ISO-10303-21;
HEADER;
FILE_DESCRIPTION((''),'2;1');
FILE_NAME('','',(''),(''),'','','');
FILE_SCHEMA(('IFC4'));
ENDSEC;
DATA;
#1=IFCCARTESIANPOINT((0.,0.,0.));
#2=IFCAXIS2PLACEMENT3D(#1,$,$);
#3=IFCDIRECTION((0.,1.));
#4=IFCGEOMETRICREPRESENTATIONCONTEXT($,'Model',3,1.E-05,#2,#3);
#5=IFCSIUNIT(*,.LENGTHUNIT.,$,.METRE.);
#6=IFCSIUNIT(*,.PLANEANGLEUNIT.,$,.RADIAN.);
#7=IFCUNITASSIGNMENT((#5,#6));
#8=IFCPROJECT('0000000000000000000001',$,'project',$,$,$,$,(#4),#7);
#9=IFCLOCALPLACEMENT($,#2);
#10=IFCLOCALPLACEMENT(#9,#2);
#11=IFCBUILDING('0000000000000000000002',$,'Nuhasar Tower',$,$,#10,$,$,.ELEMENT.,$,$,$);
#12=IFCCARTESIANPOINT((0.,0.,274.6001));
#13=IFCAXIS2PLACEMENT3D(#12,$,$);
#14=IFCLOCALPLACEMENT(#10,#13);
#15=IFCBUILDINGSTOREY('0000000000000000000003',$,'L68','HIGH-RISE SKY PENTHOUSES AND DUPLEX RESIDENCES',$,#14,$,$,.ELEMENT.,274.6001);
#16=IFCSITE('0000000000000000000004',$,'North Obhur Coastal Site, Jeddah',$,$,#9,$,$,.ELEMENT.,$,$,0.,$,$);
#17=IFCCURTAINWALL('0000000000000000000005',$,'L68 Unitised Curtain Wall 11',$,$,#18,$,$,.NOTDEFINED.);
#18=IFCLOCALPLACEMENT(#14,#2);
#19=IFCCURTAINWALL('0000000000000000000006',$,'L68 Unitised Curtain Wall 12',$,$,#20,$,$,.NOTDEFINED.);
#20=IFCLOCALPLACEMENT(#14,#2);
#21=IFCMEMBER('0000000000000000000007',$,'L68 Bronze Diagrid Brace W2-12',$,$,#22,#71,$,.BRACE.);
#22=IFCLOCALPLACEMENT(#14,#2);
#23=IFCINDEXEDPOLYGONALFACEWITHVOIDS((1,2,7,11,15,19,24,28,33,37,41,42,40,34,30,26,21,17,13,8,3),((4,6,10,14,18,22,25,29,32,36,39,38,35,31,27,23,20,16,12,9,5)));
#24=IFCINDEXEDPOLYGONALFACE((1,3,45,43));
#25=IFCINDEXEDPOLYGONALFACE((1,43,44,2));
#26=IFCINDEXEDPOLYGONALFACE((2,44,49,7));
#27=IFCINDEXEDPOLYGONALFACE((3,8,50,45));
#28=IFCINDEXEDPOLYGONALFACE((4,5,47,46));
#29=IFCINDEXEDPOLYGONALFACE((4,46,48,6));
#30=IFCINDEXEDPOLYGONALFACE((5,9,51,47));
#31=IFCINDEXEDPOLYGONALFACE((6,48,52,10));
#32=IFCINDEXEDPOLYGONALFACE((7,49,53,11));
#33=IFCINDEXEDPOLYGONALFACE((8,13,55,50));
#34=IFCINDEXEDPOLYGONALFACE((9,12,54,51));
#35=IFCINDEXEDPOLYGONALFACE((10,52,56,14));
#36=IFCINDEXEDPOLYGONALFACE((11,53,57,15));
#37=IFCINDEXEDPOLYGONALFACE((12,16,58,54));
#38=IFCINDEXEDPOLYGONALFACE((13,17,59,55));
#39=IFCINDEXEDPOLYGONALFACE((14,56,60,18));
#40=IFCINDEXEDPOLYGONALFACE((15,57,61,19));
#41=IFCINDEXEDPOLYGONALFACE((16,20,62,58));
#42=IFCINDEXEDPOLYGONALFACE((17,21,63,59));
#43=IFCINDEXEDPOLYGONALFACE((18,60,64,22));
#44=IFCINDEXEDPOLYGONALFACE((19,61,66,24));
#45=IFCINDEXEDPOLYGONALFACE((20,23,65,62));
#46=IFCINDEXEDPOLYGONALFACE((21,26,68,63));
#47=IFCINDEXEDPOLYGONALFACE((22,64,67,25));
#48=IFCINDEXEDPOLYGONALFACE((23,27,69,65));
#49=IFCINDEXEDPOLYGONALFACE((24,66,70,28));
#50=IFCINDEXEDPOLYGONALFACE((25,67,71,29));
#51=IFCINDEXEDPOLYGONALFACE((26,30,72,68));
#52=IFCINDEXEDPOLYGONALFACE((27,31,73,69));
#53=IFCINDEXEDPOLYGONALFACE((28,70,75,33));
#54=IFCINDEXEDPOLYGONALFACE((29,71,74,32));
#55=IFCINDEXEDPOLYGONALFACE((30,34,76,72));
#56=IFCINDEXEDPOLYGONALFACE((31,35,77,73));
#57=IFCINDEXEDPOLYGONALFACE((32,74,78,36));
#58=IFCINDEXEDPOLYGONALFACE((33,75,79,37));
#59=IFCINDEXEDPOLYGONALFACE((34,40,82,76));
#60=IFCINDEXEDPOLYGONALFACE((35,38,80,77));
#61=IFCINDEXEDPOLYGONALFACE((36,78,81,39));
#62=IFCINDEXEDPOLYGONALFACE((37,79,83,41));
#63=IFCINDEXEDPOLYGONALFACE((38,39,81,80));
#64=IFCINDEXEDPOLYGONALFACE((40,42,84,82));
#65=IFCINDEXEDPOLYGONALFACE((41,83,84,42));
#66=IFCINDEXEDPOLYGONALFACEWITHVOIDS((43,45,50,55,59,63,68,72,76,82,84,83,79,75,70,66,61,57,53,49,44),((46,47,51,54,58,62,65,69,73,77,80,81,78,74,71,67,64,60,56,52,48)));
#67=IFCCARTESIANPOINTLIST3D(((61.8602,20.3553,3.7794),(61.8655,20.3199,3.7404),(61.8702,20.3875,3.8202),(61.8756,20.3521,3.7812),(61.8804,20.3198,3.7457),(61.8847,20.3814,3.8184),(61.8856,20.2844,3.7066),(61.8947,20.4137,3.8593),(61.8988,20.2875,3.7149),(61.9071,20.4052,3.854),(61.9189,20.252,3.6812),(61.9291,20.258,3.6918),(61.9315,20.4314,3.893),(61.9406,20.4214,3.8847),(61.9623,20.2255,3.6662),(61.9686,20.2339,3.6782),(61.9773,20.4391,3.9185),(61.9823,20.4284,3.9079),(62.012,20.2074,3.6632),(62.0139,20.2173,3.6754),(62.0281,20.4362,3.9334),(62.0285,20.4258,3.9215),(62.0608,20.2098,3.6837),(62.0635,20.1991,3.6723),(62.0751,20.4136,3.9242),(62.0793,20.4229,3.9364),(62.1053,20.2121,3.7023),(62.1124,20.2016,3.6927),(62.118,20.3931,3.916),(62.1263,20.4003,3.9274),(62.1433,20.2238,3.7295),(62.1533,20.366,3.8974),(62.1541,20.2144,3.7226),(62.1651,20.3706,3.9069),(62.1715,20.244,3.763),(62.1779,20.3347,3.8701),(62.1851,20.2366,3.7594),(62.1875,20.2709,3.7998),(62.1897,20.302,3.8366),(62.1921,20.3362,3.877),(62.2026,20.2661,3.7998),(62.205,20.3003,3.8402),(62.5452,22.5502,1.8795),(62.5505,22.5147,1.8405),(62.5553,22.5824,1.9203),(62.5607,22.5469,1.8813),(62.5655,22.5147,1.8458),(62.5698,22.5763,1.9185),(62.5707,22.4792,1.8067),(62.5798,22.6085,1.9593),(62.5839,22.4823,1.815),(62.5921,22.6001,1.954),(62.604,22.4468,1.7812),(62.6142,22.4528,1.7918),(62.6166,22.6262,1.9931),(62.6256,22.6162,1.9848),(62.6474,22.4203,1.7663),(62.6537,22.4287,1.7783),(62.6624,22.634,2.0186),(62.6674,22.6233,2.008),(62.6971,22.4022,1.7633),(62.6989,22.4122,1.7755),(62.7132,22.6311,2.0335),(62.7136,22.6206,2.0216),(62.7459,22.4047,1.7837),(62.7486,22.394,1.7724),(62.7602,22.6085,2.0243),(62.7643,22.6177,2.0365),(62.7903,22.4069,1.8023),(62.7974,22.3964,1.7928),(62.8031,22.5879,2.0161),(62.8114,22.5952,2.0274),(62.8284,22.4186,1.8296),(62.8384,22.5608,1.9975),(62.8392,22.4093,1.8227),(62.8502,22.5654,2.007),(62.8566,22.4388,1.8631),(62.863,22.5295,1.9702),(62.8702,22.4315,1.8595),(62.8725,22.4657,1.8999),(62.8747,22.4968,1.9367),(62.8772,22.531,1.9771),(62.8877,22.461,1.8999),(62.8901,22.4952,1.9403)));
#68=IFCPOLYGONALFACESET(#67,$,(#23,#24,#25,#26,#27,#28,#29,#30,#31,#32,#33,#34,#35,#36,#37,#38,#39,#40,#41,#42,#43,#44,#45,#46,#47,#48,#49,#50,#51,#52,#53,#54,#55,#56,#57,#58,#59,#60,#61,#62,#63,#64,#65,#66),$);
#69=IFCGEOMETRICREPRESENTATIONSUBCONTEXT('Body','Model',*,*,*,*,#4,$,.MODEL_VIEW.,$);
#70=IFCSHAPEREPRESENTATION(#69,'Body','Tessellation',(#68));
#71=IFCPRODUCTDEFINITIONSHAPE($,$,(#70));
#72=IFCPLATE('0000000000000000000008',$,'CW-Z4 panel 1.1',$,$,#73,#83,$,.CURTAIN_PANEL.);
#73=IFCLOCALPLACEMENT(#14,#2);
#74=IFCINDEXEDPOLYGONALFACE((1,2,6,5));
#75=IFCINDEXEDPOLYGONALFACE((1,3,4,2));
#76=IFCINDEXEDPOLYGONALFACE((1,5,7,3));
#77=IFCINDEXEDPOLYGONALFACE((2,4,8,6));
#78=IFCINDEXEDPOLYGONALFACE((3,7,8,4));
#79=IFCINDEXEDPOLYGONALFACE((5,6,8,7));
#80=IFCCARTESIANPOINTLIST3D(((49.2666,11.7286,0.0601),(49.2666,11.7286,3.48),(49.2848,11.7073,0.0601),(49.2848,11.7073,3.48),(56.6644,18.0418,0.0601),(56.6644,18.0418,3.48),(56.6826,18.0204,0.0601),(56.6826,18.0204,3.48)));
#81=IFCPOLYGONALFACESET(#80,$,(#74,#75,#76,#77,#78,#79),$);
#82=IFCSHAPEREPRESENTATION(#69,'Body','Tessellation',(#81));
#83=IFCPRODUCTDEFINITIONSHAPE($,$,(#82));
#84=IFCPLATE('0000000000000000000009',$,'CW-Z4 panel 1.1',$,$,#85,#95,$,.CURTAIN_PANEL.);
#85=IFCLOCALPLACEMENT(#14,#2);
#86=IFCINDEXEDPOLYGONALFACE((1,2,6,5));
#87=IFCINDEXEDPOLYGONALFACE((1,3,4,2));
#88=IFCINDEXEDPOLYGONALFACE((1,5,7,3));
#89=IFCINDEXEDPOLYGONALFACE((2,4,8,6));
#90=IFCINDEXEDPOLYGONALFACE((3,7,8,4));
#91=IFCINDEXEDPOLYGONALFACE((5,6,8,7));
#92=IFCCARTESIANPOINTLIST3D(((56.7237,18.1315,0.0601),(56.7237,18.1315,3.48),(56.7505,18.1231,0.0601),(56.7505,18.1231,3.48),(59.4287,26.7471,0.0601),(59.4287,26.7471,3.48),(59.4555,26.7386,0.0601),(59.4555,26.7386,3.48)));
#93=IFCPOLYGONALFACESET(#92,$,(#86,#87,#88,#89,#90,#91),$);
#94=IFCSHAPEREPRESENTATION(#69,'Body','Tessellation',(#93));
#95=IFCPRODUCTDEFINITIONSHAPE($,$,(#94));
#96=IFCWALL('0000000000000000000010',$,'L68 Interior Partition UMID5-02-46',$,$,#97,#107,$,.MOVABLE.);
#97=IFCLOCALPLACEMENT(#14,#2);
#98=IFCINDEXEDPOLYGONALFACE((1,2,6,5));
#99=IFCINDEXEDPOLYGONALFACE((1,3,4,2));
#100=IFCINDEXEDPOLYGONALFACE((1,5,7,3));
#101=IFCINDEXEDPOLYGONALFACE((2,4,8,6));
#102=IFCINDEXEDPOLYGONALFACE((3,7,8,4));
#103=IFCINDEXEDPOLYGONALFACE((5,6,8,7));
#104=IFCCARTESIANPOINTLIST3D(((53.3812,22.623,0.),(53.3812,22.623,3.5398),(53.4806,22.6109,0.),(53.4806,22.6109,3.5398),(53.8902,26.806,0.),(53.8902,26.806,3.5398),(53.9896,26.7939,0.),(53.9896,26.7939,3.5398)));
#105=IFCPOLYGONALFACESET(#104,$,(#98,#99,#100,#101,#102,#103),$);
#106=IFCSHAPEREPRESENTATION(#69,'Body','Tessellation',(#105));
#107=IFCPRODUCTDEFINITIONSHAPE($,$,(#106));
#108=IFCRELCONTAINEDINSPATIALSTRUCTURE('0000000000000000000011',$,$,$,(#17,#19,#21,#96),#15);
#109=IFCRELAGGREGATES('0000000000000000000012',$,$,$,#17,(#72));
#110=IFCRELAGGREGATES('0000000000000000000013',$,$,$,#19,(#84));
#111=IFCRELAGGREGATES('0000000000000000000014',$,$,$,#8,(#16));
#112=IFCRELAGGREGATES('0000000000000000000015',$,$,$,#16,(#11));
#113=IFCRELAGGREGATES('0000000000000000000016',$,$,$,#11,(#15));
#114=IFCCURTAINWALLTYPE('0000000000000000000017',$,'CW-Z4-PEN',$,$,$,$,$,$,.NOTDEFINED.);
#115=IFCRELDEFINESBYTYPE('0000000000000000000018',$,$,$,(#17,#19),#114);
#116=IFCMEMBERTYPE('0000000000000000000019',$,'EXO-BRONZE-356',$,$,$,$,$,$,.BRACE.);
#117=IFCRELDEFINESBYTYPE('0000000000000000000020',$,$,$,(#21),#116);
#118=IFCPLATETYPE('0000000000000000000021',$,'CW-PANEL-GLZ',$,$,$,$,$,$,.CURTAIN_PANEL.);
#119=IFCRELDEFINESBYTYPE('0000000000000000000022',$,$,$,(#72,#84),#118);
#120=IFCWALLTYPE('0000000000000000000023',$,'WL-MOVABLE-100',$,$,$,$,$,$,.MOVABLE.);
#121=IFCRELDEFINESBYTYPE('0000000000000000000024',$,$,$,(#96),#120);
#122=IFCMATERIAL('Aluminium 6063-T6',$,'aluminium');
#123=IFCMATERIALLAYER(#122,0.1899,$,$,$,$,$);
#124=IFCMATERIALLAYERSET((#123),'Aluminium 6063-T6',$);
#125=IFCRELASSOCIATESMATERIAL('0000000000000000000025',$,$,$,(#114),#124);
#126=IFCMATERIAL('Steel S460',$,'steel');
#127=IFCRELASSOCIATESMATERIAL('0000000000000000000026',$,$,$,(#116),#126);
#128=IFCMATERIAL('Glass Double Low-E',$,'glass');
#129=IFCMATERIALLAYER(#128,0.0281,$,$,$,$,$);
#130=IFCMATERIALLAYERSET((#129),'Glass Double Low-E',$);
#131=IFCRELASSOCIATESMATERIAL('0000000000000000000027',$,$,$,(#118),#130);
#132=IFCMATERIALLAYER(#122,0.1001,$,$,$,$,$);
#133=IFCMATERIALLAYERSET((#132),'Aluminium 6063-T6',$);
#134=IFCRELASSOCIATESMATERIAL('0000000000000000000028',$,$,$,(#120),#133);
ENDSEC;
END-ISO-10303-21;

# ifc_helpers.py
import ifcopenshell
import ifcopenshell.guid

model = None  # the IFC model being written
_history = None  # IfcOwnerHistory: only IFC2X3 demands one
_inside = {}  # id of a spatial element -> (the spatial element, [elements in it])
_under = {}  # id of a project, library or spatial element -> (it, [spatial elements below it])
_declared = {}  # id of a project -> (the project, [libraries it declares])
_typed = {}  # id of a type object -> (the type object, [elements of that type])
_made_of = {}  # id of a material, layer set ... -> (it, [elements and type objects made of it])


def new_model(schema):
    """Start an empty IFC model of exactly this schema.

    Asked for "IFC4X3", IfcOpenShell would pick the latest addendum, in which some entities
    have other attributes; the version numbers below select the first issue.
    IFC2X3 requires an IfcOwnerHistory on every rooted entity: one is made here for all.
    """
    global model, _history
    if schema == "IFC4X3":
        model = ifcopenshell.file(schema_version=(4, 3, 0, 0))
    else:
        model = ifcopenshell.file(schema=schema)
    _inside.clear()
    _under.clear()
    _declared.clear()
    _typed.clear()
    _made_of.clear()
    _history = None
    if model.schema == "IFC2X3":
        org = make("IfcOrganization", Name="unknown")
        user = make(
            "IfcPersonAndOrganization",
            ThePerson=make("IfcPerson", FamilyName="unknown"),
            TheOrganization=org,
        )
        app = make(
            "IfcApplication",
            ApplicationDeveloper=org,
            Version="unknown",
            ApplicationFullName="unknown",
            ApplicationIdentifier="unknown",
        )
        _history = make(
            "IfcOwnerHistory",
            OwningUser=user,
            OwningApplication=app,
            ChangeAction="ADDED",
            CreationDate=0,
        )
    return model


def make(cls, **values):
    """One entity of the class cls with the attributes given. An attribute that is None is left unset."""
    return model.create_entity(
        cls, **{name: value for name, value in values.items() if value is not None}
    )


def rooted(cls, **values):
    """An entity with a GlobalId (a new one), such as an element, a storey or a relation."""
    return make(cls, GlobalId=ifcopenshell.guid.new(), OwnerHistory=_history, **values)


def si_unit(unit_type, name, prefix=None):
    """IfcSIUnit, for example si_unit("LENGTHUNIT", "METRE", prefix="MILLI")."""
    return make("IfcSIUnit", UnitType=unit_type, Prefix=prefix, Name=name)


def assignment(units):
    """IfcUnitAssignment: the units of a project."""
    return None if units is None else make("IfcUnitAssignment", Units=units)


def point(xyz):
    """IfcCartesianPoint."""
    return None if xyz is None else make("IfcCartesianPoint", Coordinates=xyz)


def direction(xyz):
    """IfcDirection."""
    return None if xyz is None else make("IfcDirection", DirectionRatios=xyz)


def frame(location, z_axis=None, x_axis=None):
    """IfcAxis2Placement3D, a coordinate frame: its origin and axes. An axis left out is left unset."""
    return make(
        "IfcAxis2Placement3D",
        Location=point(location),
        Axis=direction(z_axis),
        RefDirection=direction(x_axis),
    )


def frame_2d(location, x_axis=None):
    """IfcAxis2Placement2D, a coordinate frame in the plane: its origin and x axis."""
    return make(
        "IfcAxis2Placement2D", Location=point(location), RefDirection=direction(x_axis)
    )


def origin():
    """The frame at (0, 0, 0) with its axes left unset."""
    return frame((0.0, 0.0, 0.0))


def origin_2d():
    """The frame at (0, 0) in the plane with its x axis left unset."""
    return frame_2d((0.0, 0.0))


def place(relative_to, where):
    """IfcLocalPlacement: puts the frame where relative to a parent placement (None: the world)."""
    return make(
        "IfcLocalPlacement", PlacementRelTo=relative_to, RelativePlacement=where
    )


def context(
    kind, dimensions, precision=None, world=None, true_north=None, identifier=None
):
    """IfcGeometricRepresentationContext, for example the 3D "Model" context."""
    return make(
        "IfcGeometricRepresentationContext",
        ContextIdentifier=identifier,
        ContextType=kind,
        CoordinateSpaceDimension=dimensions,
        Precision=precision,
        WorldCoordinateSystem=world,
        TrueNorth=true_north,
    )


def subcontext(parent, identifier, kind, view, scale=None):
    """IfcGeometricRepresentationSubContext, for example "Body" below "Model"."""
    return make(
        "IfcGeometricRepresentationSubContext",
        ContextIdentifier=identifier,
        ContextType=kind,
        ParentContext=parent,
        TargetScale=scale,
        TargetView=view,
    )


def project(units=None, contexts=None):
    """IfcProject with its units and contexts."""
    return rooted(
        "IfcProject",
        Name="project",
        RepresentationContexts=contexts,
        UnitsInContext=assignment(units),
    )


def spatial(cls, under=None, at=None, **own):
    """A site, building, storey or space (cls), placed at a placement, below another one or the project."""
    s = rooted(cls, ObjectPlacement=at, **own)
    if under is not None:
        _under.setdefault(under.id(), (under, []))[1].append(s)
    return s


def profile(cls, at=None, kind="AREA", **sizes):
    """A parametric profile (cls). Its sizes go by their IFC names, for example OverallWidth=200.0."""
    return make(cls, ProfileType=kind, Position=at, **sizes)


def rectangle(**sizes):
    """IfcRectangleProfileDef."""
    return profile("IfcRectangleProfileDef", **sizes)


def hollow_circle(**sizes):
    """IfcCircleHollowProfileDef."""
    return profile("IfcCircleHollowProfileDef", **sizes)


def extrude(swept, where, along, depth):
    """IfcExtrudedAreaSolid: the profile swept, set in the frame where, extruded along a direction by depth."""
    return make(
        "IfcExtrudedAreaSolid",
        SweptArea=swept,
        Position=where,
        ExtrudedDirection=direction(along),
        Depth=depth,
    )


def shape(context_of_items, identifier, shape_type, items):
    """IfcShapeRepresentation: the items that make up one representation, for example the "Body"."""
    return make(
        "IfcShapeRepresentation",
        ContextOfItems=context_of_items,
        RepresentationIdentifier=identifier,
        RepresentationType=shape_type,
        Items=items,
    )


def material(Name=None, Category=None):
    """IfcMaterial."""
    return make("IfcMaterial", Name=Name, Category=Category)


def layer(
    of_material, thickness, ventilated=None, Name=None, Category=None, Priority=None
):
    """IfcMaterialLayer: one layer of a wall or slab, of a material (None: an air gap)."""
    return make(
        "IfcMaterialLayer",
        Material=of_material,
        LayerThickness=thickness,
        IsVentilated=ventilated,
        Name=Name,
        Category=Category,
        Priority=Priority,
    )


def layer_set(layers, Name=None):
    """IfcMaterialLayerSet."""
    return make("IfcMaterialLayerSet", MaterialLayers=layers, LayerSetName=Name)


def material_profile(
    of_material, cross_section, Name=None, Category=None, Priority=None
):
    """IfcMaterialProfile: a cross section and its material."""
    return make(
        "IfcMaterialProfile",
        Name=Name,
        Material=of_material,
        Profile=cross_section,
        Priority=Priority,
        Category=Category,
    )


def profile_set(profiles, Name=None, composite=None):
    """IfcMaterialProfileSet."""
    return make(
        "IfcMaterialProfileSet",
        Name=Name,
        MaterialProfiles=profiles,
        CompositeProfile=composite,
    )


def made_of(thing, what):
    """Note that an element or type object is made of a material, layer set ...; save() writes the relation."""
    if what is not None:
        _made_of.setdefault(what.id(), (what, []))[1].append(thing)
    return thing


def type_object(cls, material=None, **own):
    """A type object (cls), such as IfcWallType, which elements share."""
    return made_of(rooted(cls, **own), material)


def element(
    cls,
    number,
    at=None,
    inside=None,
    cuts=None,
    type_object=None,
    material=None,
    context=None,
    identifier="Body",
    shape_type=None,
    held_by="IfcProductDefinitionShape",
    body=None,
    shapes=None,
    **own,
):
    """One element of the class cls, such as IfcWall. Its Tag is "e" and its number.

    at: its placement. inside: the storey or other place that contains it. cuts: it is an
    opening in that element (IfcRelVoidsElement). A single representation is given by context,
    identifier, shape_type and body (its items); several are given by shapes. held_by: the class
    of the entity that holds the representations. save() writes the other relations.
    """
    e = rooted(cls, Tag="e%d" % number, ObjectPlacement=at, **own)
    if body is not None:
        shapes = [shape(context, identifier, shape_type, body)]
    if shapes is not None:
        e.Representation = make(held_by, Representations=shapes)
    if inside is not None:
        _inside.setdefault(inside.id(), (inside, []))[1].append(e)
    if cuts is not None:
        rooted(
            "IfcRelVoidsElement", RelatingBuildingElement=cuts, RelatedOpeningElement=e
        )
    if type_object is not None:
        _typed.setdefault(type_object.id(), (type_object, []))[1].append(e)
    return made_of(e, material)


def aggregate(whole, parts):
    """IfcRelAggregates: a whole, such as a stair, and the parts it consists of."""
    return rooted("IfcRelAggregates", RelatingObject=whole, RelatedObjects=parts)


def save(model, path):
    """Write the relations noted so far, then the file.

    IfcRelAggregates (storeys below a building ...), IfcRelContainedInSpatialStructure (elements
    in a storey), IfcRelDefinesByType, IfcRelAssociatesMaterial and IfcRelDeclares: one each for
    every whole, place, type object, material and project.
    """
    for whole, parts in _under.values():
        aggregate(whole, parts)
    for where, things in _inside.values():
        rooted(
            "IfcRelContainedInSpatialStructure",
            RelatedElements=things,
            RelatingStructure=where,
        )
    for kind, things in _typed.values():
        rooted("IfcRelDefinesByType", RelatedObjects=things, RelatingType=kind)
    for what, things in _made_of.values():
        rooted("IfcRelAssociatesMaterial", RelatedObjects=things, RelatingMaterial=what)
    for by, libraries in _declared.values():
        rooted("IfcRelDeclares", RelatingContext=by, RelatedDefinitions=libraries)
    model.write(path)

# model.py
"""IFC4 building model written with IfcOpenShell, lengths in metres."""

from ifc_helpers import new_model, si_unit, direction, frame, frame_2d, origin, origin_2d, place, context, subcontext, project, spatial, rectangle, hollow_circle, extrude, material, layer, layer_set, material_profile, profile_set, type_object, element, aggregate, save


model = new_model("IFC4")

# Units and contexts
model_context = context("Model", 3, precision=1e-05, world=origin(), true_north=direction((0.0, 1.0)))
body_context = subcontext(model_context, "Body", "Model", "MODEL_VIEW")
ifc_project = project(units=[si_unit("LENGTHUNIT", "METRE"), si_unit("PLANEANGLEUNIT", "RADIAN")], contexts=[model_context])

# Site, building, storey
site_placement = place(None, origin())
site = spatial("IfcSite", under=ifc_project, at=site_placement, Name="North Obhur Coastal Site, Jeddah", CompositionType="ELEMENT", RefElevation=0.0)
building_placement = place(site_placement, origin())
building = spatial("IfcBuilding", under=site, at=building_placement, Name="Nuhasar Tower", CompositionType="ELEMENT")
storey_placement = place(building_placement, frame((0.0, 0.0, 274.6001)))
storey = spatial("IfcBuildingStorey", under=building, at=storey_placement, Name="L68", Description="HIGH-RISE SKY PENTHOUSES AND DUPLEX RESIDENCES", CompositionType="ELEMENT", Elevation=274.6001)

# Curtain wall
ifc_material_1 = material(Name="Aluminium 6063-T6", Category="aluminium")
ifc_layer_1 = layer(ifc_material_1, 0.1899)
ifc_layer_set_1 = layer_set([ifc_layer_1], Name="Aluminium 6063-T6")
curtain_wall_type = type_object("IfcCurtainWallType", Name="CW-Z4-PEN", PredefinedType="NOTDEFINED", material=ifc_layer_set_1)
curtain_wall_1_placement = place(storey_placement, origin())
curtain_wall_1 = element("IfcCurtainWall", 1, at=curtain_wall_1_placement, inside=storey, type_object=curtain_wall_type, Name="L68 Unitised Curtain Wall 11", PredefinedType="NOTDEFINED")

# Curtain wall
curtain_wall_2_placement = place(storey_placement, origin())
curtain_wall_2 = element("IfcCurtainWall", 2, at=curtain_wall_2_placement, inside=storey, type_object=curtain_wall_type, Name="L68 Unitised Curtain Wall 12", PredefinedType="NOTDEFINED")

# Member
ifc_material_2 = material(Name="Steel S460", Category="steel")
ifc_material_profile_1 = material_profile(ifc_material_2, hollow_circle(Radius=0.1777, WallThickness=0.0159, at=origin_2d()), Name="HSS355.6X15.9")
ifc_profile_set_1 = profile_set([ifc_material_profile_1], Name="Steel S460")
member_type_1 = type_object("IfcMemberType", Name="EXO-BRONZE-356", PredefinedType="BRACE", material=ifc_profile_set_1)
for number, where, z_axis, x_axis, name in (
    (3, (62.718, 22.5139, 1.8999), (-0.229681, -0.735864, 0.636985), (0.954582, -0.297948, 0.0), "L68 Bronze Diagrid Brace W2-12"),
):
    element("IfcMember", number, at=place(storey_placement, frame(where, z_axis=z_axis, x_axis=x_axis)), inside=storey, type_object=member_type_1, Name=name, PredefinedType="BRACE", context=body_context, shape_type="SweptSolid", body=[
        extrude(hollow_circle(Radius=0.1777, WallThickness=0.0159, at=origin_2d()), origin(), (0.0, 0.0, 1.0), 2.9827),
    ])

# Plates
ifc_material_3 = material(Name="Glass Double Low-E", Category="glass")
ifc_layer_2 = layer(ifc_material_3, 0.0281)
ifc_layer_set_2 = layer_set([ifc_layer_2], Name="Glass Double Low-E")
plate_type = type_object("IfcPlateType", Name="CW-PANEL-GLZ", PredefinedType="CURTAIN_PANEL", material=ifc_layer_set_2)
plate_1_placement = place(storey_placement, frame((52.9746, 14.8745, 0.0601), z_axis=(0.0, 0.0, 1.0), x_axis=(0.760667, 0.649142, 0.0)))
plate_1 = element("IfcPlate", 4, at=plate_1_placement, type_object=plate_type, Name="CW-Z4 panel 1.1", PredefinedType="CURTAIN_PANEL", context=body_context, shape_type="SweptSolid", body=[
    extrude(rectangle(XDim=9.7253, YDim=0.0281, at=origin_2d()), origin(), (0.0, 0.0, 1.0), 3.4199),
])
aggregate(curtain_wall_1, [plate_1])
plate_2_placement = place(storey_placement, frame((58.0896, 22.4351, 0.0601), z_axis=(0.0, 0.0, 1.0), x_axis=(0.299557, 0.954079, 0.0)))
plate_2 = element("IfcPlate", 5, at=plate_2_placement, type_object=plate_type, Name="CW-Z4 panel 1.1", PredefinedType="CURTAIN_PANEL", context=body_context, shape_type="SweptSolid", body=[
    extrude(rectangle(XDim=9.0303, YDim=0.0281, at=origin_2d()), origin(), (0.0, 0.0, 1.0), 3.4199),
])
aggregate(curtain_wall_2, [plate_2])

# Wall
ifc_layer_3 = layer(ifc_material_1, 0.1001)
ifc_layer_set_3 = layer_set([ifc_layer_3], Name="Aluminium 6063-T6")
wall_type = type_object("IfcWallType", Name="WL-MOVABLE-100", PredefinedType="MOVABLE", material=ifc_layer_set_3)
wall_placement = place(storey_placement, frame((53.4309, 22.6169, 0.0), z_axis=(0.0, 0.0, 1.0), x_axis=(0.120797, 0.992677, 0.0)))
element("IfcWall", 6, at=wall_placement, inside=storey, type_object=wall_type, Name="L68 Interior Partition UMID5-02-46", PredefinedType="MOVABLE", context=body_context, shape_type="SweptSolid", body=[
    extrude(rectangle(XDim=4.2139, YDim=0.1001, at=frame_2d((2.1069, 0.0))), origin(), (0.0, 0.0, 1.0), 3.5398),
])

save(model, "model.ifc")
